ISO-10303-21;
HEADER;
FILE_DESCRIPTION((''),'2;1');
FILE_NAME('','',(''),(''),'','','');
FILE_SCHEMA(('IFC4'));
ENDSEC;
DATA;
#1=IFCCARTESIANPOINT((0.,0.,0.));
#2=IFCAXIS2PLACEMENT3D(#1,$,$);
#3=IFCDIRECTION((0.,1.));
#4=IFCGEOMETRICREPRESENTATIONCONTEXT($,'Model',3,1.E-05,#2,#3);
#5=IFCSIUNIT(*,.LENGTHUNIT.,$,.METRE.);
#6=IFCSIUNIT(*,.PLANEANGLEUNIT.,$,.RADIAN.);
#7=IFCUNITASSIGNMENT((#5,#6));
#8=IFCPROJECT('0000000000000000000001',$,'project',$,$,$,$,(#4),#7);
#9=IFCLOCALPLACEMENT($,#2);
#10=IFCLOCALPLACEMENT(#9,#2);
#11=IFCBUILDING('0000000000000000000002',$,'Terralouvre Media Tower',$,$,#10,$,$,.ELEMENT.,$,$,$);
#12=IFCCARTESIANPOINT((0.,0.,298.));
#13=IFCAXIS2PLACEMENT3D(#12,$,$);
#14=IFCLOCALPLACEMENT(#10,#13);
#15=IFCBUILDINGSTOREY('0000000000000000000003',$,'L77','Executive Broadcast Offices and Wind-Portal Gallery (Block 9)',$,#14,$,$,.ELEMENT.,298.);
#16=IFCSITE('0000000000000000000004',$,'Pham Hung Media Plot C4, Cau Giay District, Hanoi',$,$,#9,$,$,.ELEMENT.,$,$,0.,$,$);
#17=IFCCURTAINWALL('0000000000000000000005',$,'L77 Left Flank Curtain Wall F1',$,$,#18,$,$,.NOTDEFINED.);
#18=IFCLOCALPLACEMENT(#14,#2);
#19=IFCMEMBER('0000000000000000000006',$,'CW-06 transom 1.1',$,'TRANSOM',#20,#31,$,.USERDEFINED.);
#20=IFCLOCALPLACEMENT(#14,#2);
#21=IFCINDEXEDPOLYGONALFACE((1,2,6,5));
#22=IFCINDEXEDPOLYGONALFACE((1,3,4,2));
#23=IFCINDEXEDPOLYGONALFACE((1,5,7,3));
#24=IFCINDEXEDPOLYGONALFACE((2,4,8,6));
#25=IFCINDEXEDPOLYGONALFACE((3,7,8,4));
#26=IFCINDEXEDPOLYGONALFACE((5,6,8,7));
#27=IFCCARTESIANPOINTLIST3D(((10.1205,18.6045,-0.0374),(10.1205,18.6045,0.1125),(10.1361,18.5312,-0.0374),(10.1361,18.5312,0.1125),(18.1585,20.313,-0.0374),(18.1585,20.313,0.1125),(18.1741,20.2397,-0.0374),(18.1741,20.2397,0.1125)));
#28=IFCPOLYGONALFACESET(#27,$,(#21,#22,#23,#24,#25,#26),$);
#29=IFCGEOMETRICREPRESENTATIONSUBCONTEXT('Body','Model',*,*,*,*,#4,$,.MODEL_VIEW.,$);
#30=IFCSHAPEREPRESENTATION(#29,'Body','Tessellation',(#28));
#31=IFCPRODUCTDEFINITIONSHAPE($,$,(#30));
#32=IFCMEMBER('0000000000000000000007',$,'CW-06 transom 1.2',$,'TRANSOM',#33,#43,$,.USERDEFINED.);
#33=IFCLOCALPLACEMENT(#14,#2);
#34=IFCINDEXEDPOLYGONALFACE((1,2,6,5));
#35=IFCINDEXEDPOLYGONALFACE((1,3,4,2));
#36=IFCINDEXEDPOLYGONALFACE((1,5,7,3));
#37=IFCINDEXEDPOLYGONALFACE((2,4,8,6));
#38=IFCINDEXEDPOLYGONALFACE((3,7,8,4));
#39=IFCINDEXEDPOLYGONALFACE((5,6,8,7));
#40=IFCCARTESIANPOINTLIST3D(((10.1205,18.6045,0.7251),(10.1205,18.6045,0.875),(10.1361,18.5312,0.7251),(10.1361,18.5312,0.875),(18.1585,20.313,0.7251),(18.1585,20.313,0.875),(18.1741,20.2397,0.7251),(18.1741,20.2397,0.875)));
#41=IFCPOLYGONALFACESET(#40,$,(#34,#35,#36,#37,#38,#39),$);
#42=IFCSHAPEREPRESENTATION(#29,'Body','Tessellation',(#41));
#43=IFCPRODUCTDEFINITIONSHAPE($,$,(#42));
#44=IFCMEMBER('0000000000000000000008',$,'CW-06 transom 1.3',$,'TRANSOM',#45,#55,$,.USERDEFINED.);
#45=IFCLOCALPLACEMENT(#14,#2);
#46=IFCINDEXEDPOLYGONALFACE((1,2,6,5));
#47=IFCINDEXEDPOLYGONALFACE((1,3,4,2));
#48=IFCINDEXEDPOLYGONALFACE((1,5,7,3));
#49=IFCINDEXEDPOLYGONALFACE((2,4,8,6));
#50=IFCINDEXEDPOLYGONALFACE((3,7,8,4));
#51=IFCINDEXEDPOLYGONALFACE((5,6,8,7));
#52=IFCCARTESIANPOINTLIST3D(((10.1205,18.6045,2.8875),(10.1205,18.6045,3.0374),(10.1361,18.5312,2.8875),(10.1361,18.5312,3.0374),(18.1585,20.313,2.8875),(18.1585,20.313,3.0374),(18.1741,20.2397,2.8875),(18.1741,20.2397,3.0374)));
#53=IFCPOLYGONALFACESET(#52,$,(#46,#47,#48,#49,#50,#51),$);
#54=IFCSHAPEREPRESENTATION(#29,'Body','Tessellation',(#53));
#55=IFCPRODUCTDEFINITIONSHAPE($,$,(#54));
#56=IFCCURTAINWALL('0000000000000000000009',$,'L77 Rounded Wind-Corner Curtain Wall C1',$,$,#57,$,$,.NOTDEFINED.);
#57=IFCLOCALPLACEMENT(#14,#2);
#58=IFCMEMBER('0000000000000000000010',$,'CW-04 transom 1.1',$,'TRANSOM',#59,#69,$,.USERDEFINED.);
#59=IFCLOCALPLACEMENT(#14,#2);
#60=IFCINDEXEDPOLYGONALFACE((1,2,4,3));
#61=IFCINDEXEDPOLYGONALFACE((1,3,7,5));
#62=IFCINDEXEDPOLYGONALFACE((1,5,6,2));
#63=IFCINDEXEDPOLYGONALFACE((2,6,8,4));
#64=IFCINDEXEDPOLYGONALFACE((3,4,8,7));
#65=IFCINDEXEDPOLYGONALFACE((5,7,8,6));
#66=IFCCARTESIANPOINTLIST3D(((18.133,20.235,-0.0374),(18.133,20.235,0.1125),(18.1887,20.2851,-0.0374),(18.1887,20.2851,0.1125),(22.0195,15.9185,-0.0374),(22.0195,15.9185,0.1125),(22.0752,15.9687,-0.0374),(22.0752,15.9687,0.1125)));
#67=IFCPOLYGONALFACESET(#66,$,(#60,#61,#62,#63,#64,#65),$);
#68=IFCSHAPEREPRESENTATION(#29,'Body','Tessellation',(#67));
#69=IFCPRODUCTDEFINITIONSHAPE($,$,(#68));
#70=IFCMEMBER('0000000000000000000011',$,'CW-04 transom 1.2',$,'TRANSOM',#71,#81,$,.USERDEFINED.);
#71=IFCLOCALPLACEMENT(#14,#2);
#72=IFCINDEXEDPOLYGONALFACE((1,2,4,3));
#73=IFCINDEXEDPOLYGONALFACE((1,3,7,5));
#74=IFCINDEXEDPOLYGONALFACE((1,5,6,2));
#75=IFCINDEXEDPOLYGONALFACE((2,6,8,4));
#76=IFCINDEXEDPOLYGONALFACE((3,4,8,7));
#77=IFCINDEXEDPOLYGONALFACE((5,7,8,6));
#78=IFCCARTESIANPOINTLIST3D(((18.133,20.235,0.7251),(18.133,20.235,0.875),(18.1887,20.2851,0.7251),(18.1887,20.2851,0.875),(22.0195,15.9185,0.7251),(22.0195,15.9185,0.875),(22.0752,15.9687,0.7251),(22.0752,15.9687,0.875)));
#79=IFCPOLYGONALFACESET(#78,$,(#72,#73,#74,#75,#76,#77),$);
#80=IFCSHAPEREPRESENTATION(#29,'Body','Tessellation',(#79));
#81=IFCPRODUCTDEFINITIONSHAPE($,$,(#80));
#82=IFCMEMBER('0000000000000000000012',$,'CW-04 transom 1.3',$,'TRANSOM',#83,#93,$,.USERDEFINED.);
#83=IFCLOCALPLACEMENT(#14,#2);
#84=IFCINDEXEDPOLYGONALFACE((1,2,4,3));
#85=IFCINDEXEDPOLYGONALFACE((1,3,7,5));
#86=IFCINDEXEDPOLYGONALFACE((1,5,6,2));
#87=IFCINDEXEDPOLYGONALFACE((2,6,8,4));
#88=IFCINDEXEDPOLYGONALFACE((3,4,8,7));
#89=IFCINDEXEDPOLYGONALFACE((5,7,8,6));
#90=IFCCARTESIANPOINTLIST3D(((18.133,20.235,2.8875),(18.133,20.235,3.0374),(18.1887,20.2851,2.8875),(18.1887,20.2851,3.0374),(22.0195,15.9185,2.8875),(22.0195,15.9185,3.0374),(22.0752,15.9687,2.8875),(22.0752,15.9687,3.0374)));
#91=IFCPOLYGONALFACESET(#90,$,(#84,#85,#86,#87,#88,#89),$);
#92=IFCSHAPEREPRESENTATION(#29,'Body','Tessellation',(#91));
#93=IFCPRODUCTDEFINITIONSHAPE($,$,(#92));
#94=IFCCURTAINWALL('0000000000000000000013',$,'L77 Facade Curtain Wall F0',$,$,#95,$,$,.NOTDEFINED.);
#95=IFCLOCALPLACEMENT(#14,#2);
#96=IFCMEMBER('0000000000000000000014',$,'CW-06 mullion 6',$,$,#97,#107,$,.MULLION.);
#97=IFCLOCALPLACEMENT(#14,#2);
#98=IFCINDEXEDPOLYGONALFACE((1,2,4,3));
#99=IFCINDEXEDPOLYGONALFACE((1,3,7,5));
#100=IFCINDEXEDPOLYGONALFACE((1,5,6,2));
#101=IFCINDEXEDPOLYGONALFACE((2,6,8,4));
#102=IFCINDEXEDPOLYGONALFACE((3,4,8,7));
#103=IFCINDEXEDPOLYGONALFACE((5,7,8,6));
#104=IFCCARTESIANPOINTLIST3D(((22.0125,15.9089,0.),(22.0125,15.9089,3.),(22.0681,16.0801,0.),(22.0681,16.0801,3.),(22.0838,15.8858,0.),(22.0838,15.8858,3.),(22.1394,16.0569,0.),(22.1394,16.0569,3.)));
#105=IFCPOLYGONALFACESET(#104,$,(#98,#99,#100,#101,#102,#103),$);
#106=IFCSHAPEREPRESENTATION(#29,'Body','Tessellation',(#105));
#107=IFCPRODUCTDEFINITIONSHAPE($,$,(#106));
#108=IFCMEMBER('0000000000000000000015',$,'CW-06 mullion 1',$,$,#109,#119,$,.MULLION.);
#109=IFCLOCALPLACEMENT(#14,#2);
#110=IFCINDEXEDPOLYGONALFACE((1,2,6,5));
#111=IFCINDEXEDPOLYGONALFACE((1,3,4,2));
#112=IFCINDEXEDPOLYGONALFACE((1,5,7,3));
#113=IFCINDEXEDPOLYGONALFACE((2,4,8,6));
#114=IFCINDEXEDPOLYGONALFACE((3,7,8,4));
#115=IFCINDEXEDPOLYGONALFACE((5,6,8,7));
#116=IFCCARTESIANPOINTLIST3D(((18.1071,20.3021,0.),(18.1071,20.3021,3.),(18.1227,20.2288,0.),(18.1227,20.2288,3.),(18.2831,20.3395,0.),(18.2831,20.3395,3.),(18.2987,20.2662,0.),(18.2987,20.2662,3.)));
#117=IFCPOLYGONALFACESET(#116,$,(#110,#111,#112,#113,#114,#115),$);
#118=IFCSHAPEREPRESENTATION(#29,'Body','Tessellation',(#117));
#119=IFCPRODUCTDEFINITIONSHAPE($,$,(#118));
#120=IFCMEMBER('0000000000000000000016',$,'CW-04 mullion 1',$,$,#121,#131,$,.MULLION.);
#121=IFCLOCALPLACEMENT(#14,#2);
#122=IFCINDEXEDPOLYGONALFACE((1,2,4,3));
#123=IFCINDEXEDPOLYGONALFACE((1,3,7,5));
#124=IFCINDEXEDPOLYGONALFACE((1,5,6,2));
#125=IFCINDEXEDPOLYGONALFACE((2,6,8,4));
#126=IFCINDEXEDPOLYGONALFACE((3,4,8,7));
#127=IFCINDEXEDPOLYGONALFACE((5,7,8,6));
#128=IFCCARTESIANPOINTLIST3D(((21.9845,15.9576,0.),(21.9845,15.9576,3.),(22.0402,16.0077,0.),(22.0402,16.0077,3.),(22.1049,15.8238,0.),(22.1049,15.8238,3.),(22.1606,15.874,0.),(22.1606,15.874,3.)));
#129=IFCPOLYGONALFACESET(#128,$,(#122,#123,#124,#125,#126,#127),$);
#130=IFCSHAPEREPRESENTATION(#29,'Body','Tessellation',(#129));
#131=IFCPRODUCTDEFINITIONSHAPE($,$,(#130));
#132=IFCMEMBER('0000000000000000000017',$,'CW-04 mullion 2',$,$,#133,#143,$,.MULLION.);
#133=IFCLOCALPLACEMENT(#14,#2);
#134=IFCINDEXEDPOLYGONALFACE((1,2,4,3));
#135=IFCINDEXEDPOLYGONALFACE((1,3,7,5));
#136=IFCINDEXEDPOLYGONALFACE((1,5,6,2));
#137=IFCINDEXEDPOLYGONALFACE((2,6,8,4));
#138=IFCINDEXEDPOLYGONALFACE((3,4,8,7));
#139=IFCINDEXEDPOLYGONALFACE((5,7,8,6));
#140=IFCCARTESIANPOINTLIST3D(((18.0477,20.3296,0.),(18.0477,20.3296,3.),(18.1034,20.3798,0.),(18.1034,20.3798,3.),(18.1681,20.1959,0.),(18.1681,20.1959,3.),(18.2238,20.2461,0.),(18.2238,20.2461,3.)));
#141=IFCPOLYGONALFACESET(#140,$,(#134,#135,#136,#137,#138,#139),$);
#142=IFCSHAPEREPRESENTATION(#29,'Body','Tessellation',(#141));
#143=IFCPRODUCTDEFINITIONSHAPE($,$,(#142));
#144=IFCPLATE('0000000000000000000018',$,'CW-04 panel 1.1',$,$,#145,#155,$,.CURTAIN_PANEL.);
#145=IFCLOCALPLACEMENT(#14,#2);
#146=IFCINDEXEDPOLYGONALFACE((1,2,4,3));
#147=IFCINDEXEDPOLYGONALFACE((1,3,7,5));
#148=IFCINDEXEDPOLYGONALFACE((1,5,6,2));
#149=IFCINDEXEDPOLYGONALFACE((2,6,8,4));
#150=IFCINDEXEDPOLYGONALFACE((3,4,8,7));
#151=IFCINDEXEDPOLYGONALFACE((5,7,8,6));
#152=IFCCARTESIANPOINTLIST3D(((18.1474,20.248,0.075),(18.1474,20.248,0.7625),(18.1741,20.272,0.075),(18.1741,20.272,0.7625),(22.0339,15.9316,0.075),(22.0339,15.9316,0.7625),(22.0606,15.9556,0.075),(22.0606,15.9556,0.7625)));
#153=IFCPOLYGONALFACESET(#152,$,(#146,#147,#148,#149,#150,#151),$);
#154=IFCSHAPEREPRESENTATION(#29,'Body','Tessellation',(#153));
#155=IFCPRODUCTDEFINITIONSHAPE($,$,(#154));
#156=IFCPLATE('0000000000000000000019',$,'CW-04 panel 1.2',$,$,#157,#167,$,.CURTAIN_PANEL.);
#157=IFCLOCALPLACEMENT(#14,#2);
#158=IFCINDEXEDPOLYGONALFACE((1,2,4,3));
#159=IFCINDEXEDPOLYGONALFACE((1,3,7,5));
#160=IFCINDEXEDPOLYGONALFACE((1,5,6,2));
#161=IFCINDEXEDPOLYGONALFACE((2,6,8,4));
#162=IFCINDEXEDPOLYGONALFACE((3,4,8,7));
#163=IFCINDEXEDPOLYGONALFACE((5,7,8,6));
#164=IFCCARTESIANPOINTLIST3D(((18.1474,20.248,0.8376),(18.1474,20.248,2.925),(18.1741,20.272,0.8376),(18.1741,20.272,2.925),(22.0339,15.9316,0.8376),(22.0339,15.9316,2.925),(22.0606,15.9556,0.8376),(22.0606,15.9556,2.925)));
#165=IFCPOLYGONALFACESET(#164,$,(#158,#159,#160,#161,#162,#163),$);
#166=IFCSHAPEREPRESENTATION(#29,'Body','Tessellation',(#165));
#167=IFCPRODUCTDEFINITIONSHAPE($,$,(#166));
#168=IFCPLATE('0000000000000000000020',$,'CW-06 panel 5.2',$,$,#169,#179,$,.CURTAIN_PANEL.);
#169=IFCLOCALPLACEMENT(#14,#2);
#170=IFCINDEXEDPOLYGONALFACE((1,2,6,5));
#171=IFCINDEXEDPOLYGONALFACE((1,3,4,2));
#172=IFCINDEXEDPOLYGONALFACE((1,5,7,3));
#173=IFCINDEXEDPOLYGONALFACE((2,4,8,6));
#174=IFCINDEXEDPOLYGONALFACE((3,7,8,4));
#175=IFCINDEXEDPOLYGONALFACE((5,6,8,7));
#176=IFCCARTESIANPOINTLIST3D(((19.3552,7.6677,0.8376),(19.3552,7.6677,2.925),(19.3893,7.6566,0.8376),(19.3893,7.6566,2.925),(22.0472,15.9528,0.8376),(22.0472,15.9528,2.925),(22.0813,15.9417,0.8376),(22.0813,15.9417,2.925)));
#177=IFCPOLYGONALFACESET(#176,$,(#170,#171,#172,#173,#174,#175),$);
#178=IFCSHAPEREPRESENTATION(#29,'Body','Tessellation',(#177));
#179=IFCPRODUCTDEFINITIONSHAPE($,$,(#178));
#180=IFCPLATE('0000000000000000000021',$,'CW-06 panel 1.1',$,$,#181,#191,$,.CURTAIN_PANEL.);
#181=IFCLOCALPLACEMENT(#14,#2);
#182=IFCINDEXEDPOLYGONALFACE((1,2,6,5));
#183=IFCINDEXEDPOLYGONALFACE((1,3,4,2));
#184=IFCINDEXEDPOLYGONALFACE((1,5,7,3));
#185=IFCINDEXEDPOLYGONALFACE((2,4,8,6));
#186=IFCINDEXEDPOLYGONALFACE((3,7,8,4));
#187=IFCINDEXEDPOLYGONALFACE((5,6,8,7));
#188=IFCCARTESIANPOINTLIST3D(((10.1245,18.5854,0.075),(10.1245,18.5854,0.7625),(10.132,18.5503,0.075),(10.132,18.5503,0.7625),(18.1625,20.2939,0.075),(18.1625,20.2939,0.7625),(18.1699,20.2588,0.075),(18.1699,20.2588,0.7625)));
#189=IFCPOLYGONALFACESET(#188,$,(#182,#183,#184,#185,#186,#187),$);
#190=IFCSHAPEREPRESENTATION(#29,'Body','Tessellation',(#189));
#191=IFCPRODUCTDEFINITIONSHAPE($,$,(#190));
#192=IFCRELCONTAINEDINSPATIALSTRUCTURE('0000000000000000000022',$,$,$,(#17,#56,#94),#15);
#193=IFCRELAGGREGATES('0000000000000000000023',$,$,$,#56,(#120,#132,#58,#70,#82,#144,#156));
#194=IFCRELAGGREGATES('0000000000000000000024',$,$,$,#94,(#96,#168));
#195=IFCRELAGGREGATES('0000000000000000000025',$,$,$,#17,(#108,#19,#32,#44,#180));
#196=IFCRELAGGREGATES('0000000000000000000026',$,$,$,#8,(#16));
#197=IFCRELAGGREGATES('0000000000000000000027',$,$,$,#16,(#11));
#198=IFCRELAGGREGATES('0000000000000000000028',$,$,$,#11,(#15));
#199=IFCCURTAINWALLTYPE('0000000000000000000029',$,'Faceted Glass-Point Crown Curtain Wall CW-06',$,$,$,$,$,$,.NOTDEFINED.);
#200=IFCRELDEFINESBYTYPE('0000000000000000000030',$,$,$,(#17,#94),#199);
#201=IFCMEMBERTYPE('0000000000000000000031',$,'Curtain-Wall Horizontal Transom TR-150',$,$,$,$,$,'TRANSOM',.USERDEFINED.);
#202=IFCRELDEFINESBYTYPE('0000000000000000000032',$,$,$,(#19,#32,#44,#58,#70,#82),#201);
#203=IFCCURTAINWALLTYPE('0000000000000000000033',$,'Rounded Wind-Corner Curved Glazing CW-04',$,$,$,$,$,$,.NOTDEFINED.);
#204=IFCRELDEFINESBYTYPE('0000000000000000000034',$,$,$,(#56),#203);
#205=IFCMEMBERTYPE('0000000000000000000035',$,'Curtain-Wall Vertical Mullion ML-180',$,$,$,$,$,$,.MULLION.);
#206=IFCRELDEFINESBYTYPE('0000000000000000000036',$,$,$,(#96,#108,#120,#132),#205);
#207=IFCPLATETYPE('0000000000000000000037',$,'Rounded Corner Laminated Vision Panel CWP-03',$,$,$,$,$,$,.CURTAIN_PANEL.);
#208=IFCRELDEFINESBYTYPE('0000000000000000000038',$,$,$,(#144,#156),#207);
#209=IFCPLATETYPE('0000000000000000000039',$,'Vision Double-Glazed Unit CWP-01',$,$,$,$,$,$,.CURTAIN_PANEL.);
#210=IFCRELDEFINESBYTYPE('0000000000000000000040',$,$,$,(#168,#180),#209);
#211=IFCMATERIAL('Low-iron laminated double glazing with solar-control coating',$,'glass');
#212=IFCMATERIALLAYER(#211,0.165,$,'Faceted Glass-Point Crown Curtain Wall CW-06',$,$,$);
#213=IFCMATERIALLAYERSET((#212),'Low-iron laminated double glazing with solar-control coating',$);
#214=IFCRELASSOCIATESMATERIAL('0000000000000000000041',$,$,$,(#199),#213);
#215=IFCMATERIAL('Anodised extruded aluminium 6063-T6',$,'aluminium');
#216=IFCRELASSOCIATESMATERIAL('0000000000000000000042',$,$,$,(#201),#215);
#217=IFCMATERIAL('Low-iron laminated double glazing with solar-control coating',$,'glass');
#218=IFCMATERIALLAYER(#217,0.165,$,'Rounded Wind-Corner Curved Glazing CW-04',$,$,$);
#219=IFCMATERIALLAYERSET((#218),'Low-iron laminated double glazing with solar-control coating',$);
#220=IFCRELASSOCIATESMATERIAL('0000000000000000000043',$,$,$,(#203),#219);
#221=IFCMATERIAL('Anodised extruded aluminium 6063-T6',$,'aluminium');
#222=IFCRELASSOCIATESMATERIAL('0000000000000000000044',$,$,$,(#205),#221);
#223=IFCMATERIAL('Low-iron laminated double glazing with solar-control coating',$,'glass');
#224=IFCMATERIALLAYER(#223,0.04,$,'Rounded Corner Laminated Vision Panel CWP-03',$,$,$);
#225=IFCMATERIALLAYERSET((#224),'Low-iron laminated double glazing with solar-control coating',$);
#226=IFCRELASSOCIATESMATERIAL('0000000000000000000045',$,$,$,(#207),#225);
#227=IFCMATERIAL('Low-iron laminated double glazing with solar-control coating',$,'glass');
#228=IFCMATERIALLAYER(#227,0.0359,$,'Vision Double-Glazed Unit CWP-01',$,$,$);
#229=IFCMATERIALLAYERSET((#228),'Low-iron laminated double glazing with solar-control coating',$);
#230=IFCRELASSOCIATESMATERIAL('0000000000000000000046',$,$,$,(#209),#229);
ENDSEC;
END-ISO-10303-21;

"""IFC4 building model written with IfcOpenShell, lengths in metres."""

from ifc_helpers import new_model, si_unit, direction, frame, origin, origin_2d, place, context, subcontext, project, spatial, rectangle, extrude, material, layer, layer_set, material_profile, profile_set, type_object, element, aggregate, save


model = new_model("IFC4")

# Units and contexts
model_context = context("Model", 3, precision=1e-05, world=origin(), true_north=direction((0.0, 1.0)))
body_context = subcontext(model_context, "Body", "Model", "MODEL_VIEW")
ifc_project = project(units=[si_unit("LENGTHUNIT", "METRE"), si_unit("PLANEANGLEUNIT", "RADIAN")], contexts=[model_context])

# Site, building, storey
site_placement = place(None, origin())
site = spatial("IfcSite", under=ifc_project, at=site_placement, Name="Pham Hung Media Plot C4, Cau Giay District, Hanoi", CompositionType="ELEMENT", RefElevation=0.0)
building_placement = place(site_placement, origin())
building = spatial("IfcBuilding", under=site, at=building_placement, Name="Terralouvre Media Tower", CompositionType="ELEMENT")
storey_placement = place(building_placement, frame((0.0, 0.0, 298.0)))
storey = spatial("IfcBuildingStorey", under=building, at=storey_placement, Name="L77", Description="Executive Broadcast Offices and Wind-Portal Gallery (Block 9)", CompositionType="ELEMENT", Elevation=298.0)

# Curtain walls, members
ifc_material_1 = material(Name="Low-iron laminated double glazing with solar-control coating", Category="glass")
ifc_layer_1 = layer(ifc_material_1, 0.165, Name="Faceted Glass-Point Crown Curtain Wall CW-06")
ifc_layer_set_1 = layer_set([ifc_layer_1], Name="Low-iron laminated double glazing with solar-control coating")
curtain_wall_type_1 = type_object("IfcCurtainWallType", Name="Faceted Glass-Point Crown Curtain Wall CW-06", PredefinedType="NOTDEFINED", material=ifc_layer_set_1)
curtain_wall_1_placement = place(storey_placement, origin())
curtain_wall_1 = element("IfcCurtainWall", 1, at=curtain_wall_1_placement, inside=storey, type_object=curtain_wall_type_1, Name="L77 Left Flank Curtain Wall F1", PredefinedType="NOTDEFINED")
ifc_material_2 = material(Name="Anodised extruded aluminium 6063-T6", Category="aluminium")
ifc_material_profile_1 = material_profile(ifc_material_2, rectangle(XDim=0.075, YDim=0.1499, at=origin_2d()), Name="ALU 75x150")
ifc_profile_set_1 = profile_set([ifc_material_profile_1], Name="Anodised extruded aluminium 6063-T6")
member_type_1 = type_object("IfcMemberType", Name="Curtain-Wall Horizontal Transom TR-150", ElementType="TRANSOM", PredefinedType="USERDEFINED", material=ifc_profile_set_1)
member_1_placement = place(storey_placement, frame((18.1663, 20.2764, 0.0376), z_axis=(-0.978148, -0.207912, 0.0), x_axis=(0.207912, -0.978148, 0.0)))
member_1 = element("IfcMember", 2, at=member_1_placement, type_object=member_type_1, Name="CW-06 transom 1.1", ObjectType="TRANSOM", PredefinedType="USERDEFINED", context=body_context, shape_type="SweptSolid", body=[
    extrude(rectangle(XDim=0.075, YDim=0.1499, at=origin_2d()), origin(), (0.0, 0.0, 1.0), 8.2175),
])
member_2_placement = place(storey_placement, frame((18.1663, 20.2764, 0.8), z_axis=(-0.978148, -0.207912, 0.0), x_axis=(0.207912, -0.978148, 0.0)))
member_2 = element("IfcMember", 3, at=member_2_placement, type_object=member_type_1, Name="CW-06 transom 1.2", ObjectType="TRANSOM", PredefinedType="USERDEFINED", context=body_context, shape_type="SweptSolid", body=[
    extrude(rectangle(XDim=0.075, YDim=0.1499, at=origin_2d()), origin(), (0.0, 0.0, 1.0), 8.2175),
])
member_3_placement = place(storey_placement, frame((18.1663, 20.2764, 2.9624), z_axis=(-0.978148, -0.207912, 0.0), x_axis=(0.207912, -0.978148, 0.0)))
member_3 = element("IfcMember", 4, at=member_3_placement, type_object=member_type_1, Name="CW-06 transom 1.3", ObjectType="TRANSOM", PredefinedType="USERDEFINED", context=body_context, shape_type="SweptSolid", body=[
    extrude(rectangle(XDim=0.075, YDim=0.1499, at=origin_2d()), origin(), (0.0, 0.0, 1.0), 8.2175),
])
ifc_material_3 = material(Name="Low-iron laminated double glazing with solar-control coating", Category="glass")
ifc_layer_2 = layer(ifc_material_3, 0.165, Name="Rounded Wind-Corner Curved Glazing CW-04")
ifc_layer_set_2 = layer_set([ifc_layer_2], Name="Low-iron laminated double glazing with solar-control coating")
curtain_wall_type_2 = type_object("IfcCurtainWallType", Name="Rounded Wind-Corner Curved Glazing CW-04", PredefinedType="NOTDEFINED", material=ifc_layer_set_2)
curtain_wall_2_placement = place(storey_placement, origin())
curtain_wall_2 = element("IfcCurtainWall", 5, at=curtain_wall_2_placement, inside=storey, type_object=curtain_wall_type_2, Name="L77 Rounded Wind-Corner Curtain Wall C1", PredefinedType="NOTDEFINED")
member_4_placement = place(storey_placement, frame((22.0474, 15.9436, 0.0376), z_axis=(-0.669127, 0.743148, 0.0), x_axis=(-0.743148, -0.669127, 0.0)))
member_4 = element("IfcMember", 6, at=member_4_placement, type_object=member_type_1, Name="CW-04 transom 1.1", ObjectType="TRANSOM", PredefinedType="USERDEFINED", context=body_context, shape_type="SweptSolid", body=[
    extrude(rectangle(XDim=0.075, YDim=0.1499, at=origin_2d()), origin(), (0.0, 0.0, 1.0), 5.8083),
])
member_5_placement = place(storey_placement, frame((22.0474, 15.9436, 0.8), z_axis=(-0.669127, 0.743148, 0.0), x_axis=(-0.743148, -0.669127, 0.0)))
member_5 = element("IfcMember", 7, at=member_5_placement, type_object=member_type_1, Name="CW-04 transom 1.2", ObjectType="TRANSOM", PredefinedType="USERDEFINED", context=body_context, shape_type="SweptSolid", body=[
    extrude(rectangle(XDim=0.075, YDim=0.1499, at=origin_2d()), origin(), (0.0, 0.0, 1.0), 5.8083),
])
member_6_placement = place(storey_placement, frame((22.0474, 15.9436, 2.9624), z_axis=(-0.669127, 0.743148, 0.0), x_axis=(-0.743148, -0.669127, 0.0)))
member_6 = element("IfcMember", 8, at=member_6_placement, type_object=member_type_1, Name="CW-04 transom 1.3", ObjectType="TRANSOM", PredefinedType="USERDEFINED", context=body_context, shape_type="SweptSolid", body=[
    extrude(rectangle(XDim=0.075, YDim=0.1499, at=origin_2d()), origin(), (0.0, 0.0, 1.0), 5.8083),
])

# Curtain wall, member
curtain_wall_3_placement = place(storey_placement, origin())
curtain_wall_3 = element("IfcCurtainWall", 9, at=curtain_wall_3_placement, inside=storey, type_object=curtain_wall_type_1, Name="L77 Facade Curtain Wall F0", PredefinedType="NOTDEFINED")
ifc_material_4 = material(Name="Anodised extruded aluminium 6063-T6", Category="aluminium")
ifc_material_profile_2 = material_profile(ifc_material_4, rectangle(XDim=0.075, YDim=0.1799, at=origin_2d()), Name="ALU 75x180")
ifc_profile_set_2 = profile_set([ifc_material_profile_2], Name="Anodised extruded aluminium 6063-T6")
member_type_2 = type_object("IfcMemberType", Name="Curtain-Wall Vertical Mullion ML-180", PredefinedType="MULLION", material=ifc_profile_set_2)
member_7_placement = place(storey_placement, frame((22.0759, 15.9829, 0.0), z_axis=(0.0, 0.0, 1.0), x_axis=(-0.951057, 0.309017, 0.0)))
member_7 = element("IfcMember", 10, at=member_7_placement, type_object=member_type_2, Name="CW-06 mullion 6", PredefinedType="MULLION", context=body_context, shape_type="SweptSolid", body=[
    extrude(rectangle(XDim=0.075, YDim=0.1799, at=origin_2d()), origin(), (0.0, 0.0, 1.0), 3.0),
])

# Members
member_8_placement = place(storey_placement, frame((18.2029, 20.2842, 0.0), z_axis=(0.0, 0.0, 1.0), x_axis=(0.207912, -0.978148, 0.0)))
member_8 = element("IfcMember", 11, at=member_8_placement, type_object=member_type_2, Name="CW-06 mullion 1", PredefinedType="MULLION", context=body_context, shape_type="SweptSolid", body=[
    extrude(rectangle(XDim=0.075, YDim=0.1799, at=origin_2d()), origin(), (0.0, 0.0, 1.0), 3.0),
])
member_9_placement = place(storey_placement, frame((22.0725, 15.9158, 0.0), z_axis=(0.0, 0.0, 1.0), x_axis=(-0.743145, -0.66913, 0.0)))
member_9 = element("IfcMember", 12, at=member_9_placement, type_object=member_type_2, Name="CW-04 mullion 1", PredefinedType="MULLION", context=body_context, shape_type="SweptSolid", body=[
    extrude(rectangle(XDim=0.075, YDim=0.1799, at=origin_2d()), origin(), (0.0, 0.0, 1.0), 3.0),
])
member_10_placement = place(storey_placement, frame((18.1357, 20.2878, 0.0), z_axis=(0.0, 0.0, 1.0), x_axis=(-0.743145, -0.66913, 0.0)))
member_10 = element("IfcMember", 13, at=member_10_placement, type_object=member_type_2, Name="CW-04 mullion 2", PredefinedType="MULLION", context=body_context, shape_type="SweptSolid", body=[
    extrude(rectangle(XDim=0.075, YDim=0.1799, at=origin_2d()), origin(), (0.0, 0.0, 1.0), 3.0),
])

# Plates
ifc_material_5 = material(Name="Low-iron laminated double glazing with solar-control coating", Category="glass")
ifc_layer_3 = layer(ifc_material_5, 0.04, Name="Rounded Corner Laminated Vision Panel CWP-03")
ifc_layer_set_3 = layer_set([ifc_layer_3], Name="Low-iron laminated double glazing with solar-control coating")
plate_type_1 = type_object("IfcPlateType", Name="Rounded Corner Laminated Vision Panel CWP-03", PredefinedType="CURTAIN_PANEL", material=ifc_layer_set_3)
plate_1_placement = place(storey_placement, frame((20.104, 18.1018, 0.075), z_axis=(0.0, 0.0, 1.0), x_axis=(-0.66913, 0.743145, 0.0)))
plate_1 = element("IfcPlate", 14, at=plate_1_placement, type_object=plate_type_1, Name="CW-04 panel 1.1", PredefinedType="CURTAIN_PANEL", context=body_context, shape_type="SweptSolid", body=[
    extrude(rectangle(XDim=5.8083, YDim=0.0359, at=origin_2d()), origin(), (0.0, 0.0, 1.0), 0.6875),
])
plate_2_placement = place(storey_placement, frame((20.104, 18.1018, 0.8376), z_axis=(0.0, 0.0, 1.0), x_axis=(-0.66913, 0.743145, 0.0)))
plate_2 = element("IfcPlate", 15, at=plate_2_placement, type_object=plate_type_1, Name="CW-04 panel 1.2", PredefinedType="CURTAIN_PANEL", context=body_context, shape_type="SweptSolid", body=[
    extrude(rectangle(XDim=5.8083, YDim=0.0359, at=origin_2d()), origin(), (0.0, 0.0, 1.0), 2.0874),
])
aggregate(curtain_wall_2, [member_9, member_10, member_4, member_5, member_6, plate_1, plate_2])
ifc_material_6 = material(Name="Low-iron laminated double glazing with solar-control coating", Category="glass")
ifc_layer_4 = layer(ifc_material_6, 0.0359, Name="Vision Double-Glazed Unit CWP-01")
ifc_layer_set_4 = layer_set([ifc_layer_4], Name="Low-iron laminated double glazing with solar-control coating")
plate_type_2 = type_object("IfcPlateType", Name="Vision Double-Glazed Unit CWP-01", PredefinedType="CURTAIN_PANEL", material=ifc_layer_set_4)
plate_3_placement = place(storey_placement, frame((20.7183, 11.8047, 0.8376), z_axis=(0.0, 0.0, 1.0), x_axis=(0.309017, 0.951057, 0.0)))
plate_3 = element("IfcPlate", 16, at=plate_3_placement, type_object=plate_type_2, Name="CW-06 panel 5.2", PredefinedType="CURTAIN_PANEL", context=body_context, shape_type="SweptSolid", body=[
    extrude(rectangle(XDim=8.7114, YDim=0.0359, at=origin_2d()), origin(), (0.0, 0.0, 1.0), 2.0874),
])
aggregate(curtain_wall_3, [member_7, plate_3])
plate_4_placement = place(storey_placement, frame((14.1472, 19.4221, 0.075), z_axis=(0.0, 0.0, 1.0), x_axis=(-0.978148, -0.207912, 0.0)))
plate_4 = element("IfcPlate", 17, at=plate_4_placement, type_object=plate_type_2, Name="CW-06 panel 1.1", PredefinedType="CURTAIN_PANEL", context=body_context, shape_type="SweptSolid", body=[
    extrude(rectangle(XDim=8.2175, YDim=0.0359, at=origin_2d()), origin(), (0.0, 0.0, 1.0), 0.6875),
])
aggregate(curtain_wall_1, [member_8, member_1, member_2, member_3, plate_4])

save(model, "model.ifc")
